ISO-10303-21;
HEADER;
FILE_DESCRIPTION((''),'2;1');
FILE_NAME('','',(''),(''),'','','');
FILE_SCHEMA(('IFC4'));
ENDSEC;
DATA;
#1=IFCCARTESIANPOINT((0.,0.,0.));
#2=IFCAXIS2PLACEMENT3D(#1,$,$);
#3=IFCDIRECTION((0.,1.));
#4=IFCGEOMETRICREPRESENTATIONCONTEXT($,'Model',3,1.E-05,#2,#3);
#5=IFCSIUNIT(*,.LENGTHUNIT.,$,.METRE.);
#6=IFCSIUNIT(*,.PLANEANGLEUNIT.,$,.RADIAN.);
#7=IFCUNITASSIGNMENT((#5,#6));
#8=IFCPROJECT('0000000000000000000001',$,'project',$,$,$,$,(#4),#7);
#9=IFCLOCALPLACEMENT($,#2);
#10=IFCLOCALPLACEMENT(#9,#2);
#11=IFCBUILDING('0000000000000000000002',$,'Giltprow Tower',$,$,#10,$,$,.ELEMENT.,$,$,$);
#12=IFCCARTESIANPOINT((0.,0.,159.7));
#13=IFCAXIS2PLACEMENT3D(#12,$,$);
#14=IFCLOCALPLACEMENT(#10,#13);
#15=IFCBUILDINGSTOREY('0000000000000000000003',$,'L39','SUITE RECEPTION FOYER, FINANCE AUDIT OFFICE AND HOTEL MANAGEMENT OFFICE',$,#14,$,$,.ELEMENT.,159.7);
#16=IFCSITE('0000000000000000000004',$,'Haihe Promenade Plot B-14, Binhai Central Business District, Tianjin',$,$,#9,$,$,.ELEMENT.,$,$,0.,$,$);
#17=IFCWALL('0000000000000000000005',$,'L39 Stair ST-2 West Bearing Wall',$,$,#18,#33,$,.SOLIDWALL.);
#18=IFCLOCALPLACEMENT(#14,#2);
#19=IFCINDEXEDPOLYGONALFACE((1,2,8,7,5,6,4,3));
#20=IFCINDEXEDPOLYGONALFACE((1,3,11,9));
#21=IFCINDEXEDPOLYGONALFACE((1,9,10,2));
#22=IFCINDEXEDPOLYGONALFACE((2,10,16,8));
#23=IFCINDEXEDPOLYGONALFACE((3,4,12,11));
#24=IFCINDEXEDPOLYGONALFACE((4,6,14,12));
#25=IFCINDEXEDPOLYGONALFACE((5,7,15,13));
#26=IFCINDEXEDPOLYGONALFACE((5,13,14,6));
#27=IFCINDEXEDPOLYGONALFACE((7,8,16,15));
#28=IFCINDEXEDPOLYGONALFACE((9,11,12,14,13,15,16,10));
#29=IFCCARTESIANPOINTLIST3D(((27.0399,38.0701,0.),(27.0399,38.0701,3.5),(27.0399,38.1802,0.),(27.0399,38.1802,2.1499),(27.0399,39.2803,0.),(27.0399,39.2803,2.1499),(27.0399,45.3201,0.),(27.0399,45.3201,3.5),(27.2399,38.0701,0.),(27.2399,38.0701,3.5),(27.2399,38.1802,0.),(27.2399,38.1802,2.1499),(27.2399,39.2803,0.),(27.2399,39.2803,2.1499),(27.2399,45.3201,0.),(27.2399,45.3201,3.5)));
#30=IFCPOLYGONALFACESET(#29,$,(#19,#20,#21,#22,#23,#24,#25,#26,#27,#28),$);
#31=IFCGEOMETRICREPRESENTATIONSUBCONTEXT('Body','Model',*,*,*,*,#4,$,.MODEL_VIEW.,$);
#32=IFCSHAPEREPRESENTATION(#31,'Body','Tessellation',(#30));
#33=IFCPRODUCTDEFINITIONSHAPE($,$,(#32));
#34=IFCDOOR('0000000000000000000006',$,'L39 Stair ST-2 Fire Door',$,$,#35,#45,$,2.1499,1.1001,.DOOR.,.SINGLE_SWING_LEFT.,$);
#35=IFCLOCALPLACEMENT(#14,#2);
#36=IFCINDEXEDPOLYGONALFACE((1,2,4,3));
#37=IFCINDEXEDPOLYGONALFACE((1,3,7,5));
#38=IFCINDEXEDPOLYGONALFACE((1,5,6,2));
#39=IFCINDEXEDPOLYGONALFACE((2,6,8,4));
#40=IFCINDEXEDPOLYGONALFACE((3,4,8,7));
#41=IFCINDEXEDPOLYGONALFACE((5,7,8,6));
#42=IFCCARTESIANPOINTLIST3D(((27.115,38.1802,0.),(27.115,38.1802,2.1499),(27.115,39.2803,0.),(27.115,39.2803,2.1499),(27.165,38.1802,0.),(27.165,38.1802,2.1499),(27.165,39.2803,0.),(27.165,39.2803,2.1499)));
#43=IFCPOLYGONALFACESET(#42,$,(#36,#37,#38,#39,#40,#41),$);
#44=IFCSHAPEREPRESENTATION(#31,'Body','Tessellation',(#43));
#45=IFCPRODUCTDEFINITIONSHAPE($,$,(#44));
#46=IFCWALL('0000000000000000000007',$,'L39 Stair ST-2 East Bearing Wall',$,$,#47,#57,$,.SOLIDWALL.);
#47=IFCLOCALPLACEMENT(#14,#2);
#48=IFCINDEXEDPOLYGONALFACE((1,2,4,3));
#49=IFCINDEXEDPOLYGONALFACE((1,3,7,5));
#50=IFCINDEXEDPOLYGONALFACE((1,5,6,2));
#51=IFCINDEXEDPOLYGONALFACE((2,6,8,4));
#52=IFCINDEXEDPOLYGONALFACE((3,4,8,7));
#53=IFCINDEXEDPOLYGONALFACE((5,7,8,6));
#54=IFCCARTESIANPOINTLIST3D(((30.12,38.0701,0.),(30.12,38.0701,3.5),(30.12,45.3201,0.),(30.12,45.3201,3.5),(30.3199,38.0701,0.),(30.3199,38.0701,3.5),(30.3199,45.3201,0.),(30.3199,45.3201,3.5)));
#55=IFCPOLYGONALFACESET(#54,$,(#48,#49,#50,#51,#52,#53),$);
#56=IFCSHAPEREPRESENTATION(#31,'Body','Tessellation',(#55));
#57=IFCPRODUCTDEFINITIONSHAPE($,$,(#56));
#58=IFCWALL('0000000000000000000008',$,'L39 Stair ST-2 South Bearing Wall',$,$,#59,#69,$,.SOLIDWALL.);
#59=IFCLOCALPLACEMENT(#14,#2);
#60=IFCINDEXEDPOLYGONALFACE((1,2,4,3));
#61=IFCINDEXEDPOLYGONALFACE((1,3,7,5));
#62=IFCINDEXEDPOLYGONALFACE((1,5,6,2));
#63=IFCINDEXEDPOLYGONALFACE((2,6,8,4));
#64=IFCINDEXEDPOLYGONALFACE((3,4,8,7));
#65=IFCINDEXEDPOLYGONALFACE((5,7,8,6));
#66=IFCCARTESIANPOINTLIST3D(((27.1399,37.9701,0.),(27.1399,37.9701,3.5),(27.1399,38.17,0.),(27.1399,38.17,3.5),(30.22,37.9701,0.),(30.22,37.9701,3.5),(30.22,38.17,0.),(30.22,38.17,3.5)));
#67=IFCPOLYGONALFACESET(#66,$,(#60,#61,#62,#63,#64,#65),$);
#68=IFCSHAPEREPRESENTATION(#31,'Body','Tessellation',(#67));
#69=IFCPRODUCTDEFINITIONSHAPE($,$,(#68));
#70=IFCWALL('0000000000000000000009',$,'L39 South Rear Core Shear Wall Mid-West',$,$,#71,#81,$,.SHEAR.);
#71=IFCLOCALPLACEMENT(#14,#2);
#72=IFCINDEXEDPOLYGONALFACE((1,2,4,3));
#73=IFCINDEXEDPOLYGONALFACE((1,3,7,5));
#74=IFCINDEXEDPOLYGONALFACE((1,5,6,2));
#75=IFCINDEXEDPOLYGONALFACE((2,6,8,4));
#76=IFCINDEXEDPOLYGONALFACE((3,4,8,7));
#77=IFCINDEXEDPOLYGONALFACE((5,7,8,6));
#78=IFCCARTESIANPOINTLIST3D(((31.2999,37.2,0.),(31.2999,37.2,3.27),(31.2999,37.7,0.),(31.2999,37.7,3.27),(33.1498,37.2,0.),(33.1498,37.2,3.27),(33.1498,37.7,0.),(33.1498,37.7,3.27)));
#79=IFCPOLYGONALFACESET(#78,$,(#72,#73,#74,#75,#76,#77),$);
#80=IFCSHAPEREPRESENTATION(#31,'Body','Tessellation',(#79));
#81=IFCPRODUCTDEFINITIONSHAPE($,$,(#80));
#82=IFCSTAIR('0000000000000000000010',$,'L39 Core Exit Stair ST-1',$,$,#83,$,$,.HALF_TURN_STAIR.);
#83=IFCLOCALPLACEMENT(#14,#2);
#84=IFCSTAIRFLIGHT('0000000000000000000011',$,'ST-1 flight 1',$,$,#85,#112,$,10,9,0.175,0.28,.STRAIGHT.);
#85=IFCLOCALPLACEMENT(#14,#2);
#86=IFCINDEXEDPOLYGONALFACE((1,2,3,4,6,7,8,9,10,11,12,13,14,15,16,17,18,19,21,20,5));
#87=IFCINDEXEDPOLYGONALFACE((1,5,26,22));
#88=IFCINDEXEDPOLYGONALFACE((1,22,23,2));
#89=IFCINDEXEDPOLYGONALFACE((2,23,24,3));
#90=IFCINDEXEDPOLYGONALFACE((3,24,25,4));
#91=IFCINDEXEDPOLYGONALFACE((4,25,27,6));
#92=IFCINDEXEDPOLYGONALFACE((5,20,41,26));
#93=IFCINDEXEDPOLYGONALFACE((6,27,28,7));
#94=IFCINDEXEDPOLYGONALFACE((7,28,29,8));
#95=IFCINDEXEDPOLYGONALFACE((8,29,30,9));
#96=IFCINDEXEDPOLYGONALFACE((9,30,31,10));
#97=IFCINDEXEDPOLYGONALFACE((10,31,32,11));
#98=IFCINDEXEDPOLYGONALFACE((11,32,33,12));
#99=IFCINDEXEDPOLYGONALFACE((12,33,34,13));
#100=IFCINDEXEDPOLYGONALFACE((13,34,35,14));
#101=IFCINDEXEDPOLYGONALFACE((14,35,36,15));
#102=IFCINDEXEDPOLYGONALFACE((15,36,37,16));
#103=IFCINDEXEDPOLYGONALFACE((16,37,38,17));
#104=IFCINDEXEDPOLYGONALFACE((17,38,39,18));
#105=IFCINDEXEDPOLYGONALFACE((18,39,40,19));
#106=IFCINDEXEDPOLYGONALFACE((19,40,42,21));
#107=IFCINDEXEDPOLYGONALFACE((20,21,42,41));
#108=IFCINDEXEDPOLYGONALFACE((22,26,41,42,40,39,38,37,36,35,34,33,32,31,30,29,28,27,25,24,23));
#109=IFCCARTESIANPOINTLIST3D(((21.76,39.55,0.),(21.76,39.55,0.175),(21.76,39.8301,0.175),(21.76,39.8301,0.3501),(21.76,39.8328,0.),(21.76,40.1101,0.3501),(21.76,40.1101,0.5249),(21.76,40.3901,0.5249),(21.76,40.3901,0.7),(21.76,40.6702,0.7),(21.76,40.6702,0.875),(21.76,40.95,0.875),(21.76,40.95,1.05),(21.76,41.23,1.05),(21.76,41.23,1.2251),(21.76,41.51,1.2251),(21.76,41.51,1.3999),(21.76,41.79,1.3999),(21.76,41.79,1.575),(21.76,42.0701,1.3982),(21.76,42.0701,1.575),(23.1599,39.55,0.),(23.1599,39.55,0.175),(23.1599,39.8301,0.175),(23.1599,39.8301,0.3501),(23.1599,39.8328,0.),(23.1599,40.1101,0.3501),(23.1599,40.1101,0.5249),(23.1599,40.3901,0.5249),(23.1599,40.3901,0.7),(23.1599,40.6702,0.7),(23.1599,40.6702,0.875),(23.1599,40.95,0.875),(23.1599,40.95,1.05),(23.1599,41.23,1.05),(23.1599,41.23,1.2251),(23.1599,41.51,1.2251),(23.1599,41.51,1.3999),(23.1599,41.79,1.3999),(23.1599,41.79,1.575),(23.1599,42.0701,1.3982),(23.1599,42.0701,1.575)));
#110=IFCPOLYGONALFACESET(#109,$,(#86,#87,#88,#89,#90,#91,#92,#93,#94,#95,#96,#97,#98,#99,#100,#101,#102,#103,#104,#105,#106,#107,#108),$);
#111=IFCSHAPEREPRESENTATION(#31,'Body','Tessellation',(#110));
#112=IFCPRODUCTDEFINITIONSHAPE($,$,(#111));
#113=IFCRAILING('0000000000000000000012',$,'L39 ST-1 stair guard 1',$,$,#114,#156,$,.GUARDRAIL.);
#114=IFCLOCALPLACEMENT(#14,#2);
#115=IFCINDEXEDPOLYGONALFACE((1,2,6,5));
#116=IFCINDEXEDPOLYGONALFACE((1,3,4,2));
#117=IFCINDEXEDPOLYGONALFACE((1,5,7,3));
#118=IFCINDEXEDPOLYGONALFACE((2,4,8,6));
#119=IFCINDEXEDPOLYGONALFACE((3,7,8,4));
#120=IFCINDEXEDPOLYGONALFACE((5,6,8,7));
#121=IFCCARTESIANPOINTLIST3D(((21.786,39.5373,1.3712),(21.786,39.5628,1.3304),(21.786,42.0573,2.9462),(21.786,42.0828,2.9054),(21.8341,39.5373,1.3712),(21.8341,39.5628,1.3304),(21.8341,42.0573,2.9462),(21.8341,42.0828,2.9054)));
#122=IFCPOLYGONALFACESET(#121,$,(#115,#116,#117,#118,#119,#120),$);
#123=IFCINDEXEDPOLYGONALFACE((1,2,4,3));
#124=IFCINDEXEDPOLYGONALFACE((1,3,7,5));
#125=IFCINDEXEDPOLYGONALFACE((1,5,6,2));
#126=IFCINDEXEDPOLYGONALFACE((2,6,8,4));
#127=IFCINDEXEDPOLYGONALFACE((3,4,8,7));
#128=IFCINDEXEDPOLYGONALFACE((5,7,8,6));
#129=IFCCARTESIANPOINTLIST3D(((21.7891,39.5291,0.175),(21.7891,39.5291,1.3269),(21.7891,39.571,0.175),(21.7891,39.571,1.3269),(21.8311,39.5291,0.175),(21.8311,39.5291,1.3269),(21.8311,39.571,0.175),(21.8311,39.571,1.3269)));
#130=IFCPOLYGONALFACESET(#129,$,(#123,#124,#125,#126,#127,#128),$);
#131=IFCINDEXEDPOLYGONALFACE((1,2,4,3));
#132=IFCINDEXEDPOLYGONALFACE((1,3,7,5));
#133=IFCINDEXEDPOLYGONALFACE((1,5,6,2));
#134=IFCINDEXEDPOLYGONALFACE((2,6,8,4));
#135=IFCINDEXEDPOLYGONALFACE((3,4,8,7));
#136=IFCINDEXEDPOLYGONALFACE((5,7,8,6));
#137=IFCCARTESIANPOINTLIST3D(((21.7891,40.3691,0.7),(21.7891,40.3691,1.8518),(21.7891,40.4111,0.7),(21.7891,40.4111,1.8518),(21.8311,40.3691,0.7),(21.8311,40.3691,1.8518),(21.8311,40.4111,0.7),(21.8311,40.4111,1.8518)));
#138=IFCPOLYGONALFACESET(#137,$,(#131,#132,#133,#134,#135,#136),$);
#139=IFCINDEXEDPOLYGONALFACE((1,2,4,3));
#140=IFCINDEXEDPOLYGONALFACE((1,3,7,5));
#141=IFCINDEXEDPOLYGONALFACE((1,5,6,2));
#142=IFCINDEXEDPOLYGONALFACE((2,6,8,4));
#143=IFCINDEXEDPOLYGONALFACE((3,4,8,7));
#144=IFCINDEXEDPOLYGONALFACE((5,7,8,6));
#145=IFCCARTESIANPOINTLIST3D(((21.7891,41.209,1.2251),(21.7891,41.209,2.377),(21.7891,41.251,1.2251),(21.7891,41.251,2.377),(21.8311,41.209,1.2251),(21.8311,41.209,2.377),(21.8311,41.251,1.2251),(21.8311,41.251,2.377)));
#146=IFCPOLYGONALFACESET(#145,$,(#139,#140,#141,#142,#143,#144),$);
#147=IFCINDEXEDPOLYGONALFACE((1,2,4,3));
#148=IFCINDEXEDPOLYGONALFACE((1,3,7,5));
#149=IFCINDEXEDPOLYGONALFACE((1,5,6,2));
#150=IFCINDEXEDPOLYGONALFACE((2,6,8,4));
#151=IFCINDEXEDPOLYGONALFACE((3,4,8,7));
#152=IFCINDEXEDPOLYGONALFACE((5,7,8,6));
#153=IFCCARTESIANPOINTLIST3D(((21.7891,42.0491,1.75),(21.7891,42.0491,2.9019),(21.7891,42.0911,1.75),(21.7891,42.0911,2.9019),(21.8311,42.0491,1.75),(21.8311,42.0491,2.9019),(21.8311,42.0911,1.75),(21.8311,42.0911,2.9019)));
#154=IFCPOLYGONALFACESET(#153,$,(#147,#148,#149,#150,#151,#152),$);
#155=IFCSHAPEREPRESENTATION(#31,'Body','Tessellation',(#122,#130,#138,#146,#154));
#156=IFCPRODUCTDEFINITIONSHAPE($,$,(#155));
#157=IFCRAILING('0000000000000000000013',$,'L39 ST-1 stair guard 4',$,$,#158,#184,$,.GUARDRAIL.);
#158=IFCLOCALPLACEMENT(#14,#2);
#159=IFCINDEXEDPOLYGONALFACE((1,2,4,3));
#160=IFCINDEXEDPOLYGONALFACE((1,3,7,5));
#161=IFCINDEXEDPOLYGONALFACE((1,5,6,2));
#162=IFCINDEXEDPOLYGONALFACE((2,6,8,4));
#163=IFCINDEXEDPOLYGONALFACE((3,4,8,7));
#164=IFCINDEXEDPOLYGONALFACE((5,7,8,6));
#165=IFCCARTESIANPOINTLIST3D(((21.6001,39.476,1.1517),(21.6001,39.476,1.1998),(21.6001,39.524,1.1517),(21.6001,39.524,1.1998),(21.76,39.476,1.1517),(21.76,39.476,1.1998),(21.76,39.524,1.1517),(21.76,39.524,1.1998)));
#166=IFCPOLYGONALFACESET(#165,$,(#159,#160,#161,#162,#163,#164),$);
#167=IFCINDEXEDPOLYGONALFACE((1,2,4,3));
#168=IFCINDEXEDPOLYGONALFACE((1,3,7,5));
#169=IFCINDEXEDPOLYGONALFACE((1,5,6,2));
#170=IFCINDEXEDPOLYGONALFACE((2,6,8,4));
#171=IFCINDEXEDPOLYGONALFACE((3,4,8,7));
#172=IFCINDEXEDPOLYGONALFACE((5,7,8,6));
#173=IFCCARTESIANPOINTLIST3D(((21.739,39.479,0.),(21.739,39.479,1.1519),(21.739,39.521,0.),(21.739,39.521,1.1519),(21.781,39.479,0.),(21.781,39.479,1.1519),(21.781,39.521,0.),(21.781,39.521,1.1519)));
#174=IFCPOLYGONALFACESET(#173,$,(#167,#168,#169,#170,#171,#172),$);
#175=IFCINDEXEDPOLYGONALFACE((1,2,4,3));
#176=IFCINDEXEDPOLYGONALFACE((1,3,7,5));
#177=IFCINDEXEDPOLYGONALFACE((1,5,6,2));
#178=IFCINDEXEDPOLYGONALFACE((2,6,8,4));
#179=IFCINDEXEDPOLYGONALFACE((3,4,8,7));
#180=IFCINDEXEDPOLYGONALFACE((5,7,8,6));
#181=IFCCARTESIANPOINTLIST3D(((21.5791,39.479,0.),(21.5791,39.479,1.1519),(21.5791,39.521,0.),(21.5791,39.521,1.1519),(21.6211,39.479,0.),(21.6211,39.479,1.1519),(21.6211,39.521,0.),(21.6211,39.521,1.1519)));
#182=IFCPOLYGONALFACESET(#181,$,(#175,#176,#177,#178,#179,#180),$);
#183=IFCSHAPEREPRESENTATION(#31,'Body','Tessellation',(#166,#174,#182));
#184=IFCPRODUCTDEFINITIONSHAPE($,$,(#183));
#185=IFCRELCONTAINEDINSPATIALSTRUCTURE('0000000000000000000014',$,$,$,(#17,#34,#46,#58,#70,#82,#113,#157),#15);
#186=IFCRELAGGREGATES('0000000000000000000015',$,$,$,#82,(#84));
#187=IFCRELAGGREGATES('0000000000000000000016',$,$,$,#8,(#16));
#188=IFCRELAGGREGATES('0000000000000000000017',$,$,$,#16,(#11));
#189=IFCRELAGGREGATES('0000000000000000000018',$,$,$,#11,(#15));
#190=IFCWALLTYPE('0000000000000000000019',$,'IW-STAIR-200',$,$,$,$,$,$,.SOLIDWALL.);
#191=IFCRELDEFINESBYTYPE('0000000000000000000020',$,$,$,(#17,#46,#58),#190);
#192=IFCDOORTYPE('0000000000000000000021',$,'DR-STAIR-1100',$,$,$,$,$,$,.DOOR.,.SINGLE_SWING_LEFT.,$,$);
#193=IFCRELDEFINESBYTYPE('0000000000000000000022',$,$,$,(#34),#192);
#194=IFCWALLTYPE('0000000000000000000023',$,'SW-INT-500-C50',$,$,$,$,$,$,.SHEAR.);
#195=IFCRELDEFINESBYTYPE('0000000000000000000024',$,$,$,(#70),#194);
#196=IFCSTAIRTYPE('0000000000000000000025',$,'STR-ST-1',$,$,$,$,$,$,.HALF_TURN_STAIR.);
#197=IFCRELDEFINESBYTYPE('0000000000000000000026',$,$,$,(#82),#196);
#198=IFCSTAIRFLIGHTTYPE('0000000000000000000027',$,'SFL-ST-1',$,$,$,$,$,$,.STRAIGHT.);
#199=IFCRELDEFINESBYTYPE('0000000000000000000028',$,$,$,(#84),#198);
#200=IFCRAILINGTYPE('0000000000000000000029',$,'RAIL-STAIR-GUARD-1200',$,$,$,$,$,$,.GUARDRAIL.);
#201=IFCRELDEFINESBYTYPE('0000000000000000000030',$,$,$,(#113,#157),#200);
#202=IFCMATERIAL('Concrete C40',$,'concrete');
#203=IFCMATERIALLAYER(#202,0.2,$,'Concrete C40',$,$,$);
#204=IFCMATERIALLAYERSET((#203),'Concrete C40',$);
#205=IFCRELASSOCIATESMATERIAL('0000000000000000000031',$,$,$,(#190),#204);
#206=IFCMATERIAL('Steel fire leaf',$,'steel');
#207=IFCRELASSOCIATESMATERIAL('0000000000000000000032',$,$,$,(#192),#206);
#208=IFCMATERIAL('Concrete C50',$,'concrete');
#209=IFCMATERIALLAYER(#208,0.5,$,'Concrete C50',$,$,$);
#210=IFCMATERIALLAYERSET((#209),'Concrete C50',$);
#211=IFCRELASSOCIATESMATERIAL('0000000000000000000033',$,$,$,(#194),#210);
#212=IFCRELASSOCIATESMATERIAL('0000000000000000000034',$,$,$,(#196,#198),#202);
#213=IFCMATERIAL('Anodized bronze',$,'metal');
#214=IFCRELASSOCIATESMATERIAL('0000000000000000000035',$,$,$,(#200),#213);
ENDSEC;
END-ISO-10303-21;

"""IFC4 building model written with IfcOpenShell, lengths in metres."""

from ifc_helpers import new_model, si_unit, direction, frame, frame_2d, origin, origin_2d, place, context, subcontext, project, spatial, polyline, rectangle, outline, extrude, source, transform, mapped, material, layer, layer_set, type_object, element, fill, aggregate, save


model = new_model("IFC4")

# Units and contexts
model_context = context("Model", 3, precision=1e-05, world=origin(), true_north=direction((0.0, 1.0)))
body_context = subcontext(model_context, "Body", "Model", "MODEL_VIEW")
ifc_project = project(units=[si_unit("LENGTHUNIT", "METRE"), si_unit("PLANEANGLEUNIT", "RADIAN")], contexts=[model_context])

# Site, building, storey
site_placement = place(None, origin())
site = spatial("IfcSite", under=ifc_project, at=site_placement, Name="Haihe Promenade Plot B-14, Binhai Central Business District, Tianjin", CompositionType="ELEMENT", RefElevation=0.0)
building_placement = place(site_placement, origin())
building = spatial("IfcBuilding", under=site, at=building_placement, Name="Giltprow Tower", CompositionType="ELEMENT")
storey_placement = place(building_placement, frame((0.0, 0.0, 159.7)))
storey = spatial("IfcBuildingStorey", under=building, at=storey_placement, Name="L39", Description="SUITE RECEPTION FOYER, FINANCE AUDIT OFFICE AND HOTEL MANAGEMENT OFFICE", CompositionType="ELEMENT", Elevation=159.7)

# Shared definitions
ifc_material_1 = material(Name="Concrete C50", Category="concrete")

# Wall, opening, door
ifc_material_2 = material(Name="Concrete C40", Category="concrete")
ifc_layer_1 = layer(ifc_material_2, 0.2, Name="Concrete C40")
ifc_layer_set_1 = layer_set([ifc_layer_1], Name="Concrete C40")
wall_type_1 = type_object("IfcWallType", Name="IW-STAIR-200", PredefinedType="SOLIDWALL", material=ifc_layer_set_1)
ifc_material_3 = material(Name="Steel fire leaf", Category="steel")
door_type_1 = type_object("IfcDoorType", Name="DR-STAIR-1100", OperationType="SINGLE_SWING_LEFT", PredefinedType="DOOR", material=ifc_material_3)
shared_shape_1 = source(origin(), body_context, "Body", "SweptSolid", [
    extrude(rectangle(XDim=1.1001, YDim=2.1499, at=frame_2d((0.55, 1.075))), frame((0.0, 0.0249, 0.0), z_axis=(0.0, -1.0, 0.0), x_axis=(1.0, 0.0, 0.0)), (0.0, 0.0, 1.0), 0.05),
])
wall_1_placement = place(storey_placement, frame((27.1399, 38.0701, 0.0), z_axis=(0.0, 0.0, 1.0), x_axis=(0.0, 1.0, 0.0)))
wall_1 = element("IfcWall", 1, at=wall_1_placement, inside=storey, type_object=wall_type_1, Name="L39 Stair ST-2 West Bearing Wall", PredefinedType="SOLIDWALL", context=body_context, shape_type="SweptSolid", body=[
    extrude(rectangle(XDim=7.25, YDim=0.2, at=frame_2d((3.625, 0.0))), origin(), (0.0, 0.0, 1.0), 3.5),
])
opening_1_placement = place(wall_1_placement, frame((0.1101, 0.0, 0.0)))
opening_1 = element("IfcOpeningElement", 2, at=opening_1_placement, cuts=wall_1, PredefinedType="OPENING", context=body_context, shape_type="SweptSolid", body=[
    extrude(rectangle(XDim=1.1001, YDim=2.1499, at=frame_2d((0.55, 1.075))), frame((0.0, 0.1099, 0.0), z_axis=(0.0, -1.0, 0.0), x_axis=(1.0, 0.0, 0.0)), (0.0, 0.0, 1.0), 0.22),
])
door_1_placement = place(opening_1_placement, origin())
door_1 = element("IfcDoor", 3, at=door_1_placement, inside=storey, type_object=door_type_1, Name="L39 Stair ST-2 Fire Door", OperationType="SINGLE_SWING_LEFT", OverallHeight=2.1499, OverallWidth=1.1001, PredefinedType="DOOR", context=body_context, shape_type="MappedRepresentation", body=[
    mapped(shared_shape_1, transform((0.0, 0.0, 0.0), x_axis=(1.0, 0.0, 0.0), y_axis=(0.0, 1.0, 0.0), z_axis=(0.0, 0.0, 1.0), scale=1.0)),
])
fill(opening_1, door_1)

# Walls
wall_2_placement = place(storey_placement, frame((30.22, 38.0701, 0.0), z_axis=(0.0, 0.0, 1.0), x_axis=(0.0, 1.0, 0.0)))
element("IfcWall", 4, at=wall_2_placement, inside=storey, type_object=wall_type_1, Name="L39 Stair ST-2 East Bearing Wall", PredefinedType="SOLIDWALL", context=body_context, shape_type="SweptSolid", body=[
    extrude(rectangle(XDim=7.25, YDim=0.2, at=frame_2d((3.625, 0.0))), origin(), (0.0, 0.0, 1.0), 3.5),
])
wall_3_placement = place(storey_placement, frame((27.1399, 38.0701, 0.0), z_axis=(0.0, 0.0, 1.0), x_axis=(1.0, 0.0, 0.0)))
element("IfcWall", 5, at=wall_3_placement, inside=storey, type_object=wall_type_1, Name="L39 Stair ST-2 South Bearing Wall", PredefinedType="SOLIDWALL", context=body_context, shape_type="SweptSolid", body=[
    extrude(rectangle(XDim=3.0801, YDim=0.2, at=frame_2d((1.54, 0.0))), origin(), (0.0, 0.0, 1.0), 3.5),
])

# Shared definitions
ifc_layer_2 = layer(ifc_material_1, 0.5, Name="Concrete C50")
ifc_layer_set_2 = layer_set([ifc_layer_2], Name="Concrete C50")
wall_type_2 = type_object("IfcWallType", Name="SW-INT-500-C50", PredefinedType="SHEAR", material=ifc_layer_set_2)

# Wall
wall_4_placement = place(storey_placement, frame((31.3, 37.45, 0.0), z_axis=(0.0, 0.0, 1.0), x_axis=(1.0, 0.0, 0.0)))
element("IfcWall", 6, at=wall_4_placement, inside=storey, type_object=wall_type_2, Name="L39 South Rear Core Shear Wall Mid-West", PredefinedType="SHEAR", context=body_context, shape_type="SweptSolid", body=[
    extrude(rectangle(XDim=1.8499, YDim=0.5, at=frame_2d((0.9248, 0.0))), origin(), (0.0, 0.0, 1.0), 3.27),
])

# Stair, stair flight
stair_type = type_object("IfcStairType", Name="STR-ST-1", PredefinedType="HALF_TURN_STAIR", material=ifc_material_2)
stair_placement = place(storey_placement, origin())
stair = element("IfcStair", 7, at=stair_placement, inside=storey, type_object=stair_type, Name="L39 Core Exit Stair ST-1", PredefinedType="HALF_TURN_STAIR")
stair_flight_type = type_object("IfcStairFlightType", Name="SFL-ST-1", PredefinedType="STRAIGHT", material=ifc_material_2)
stair_flight_placement = place(storey_placement, frame((22.46, 39.55, 0.0), z_axis=(0.0, 0.0, 1.0), x_axis=(0.0, 1.0, 0.0)))
stair_flight = element("IfcStairFlight", 8, at=stair_flight_placement, type_object=stair_flight_type, Name="ST-1 flight 1", NumberOfRisers=10, NumberOfTreads=9, PredefinedType="STRAIGHT", RiserHeight=0.175, TreadLength=0.28, context=body_context, shape_type="SweptSolid", body=[
    extrude(outline(polyline([(0.0, 0.0), (0.0, 0.175), (0.28, 0.175), (0.28, 0.3501), (0.5601, 0.3501), (0.5601, 0.5249), (0.8401, 0.5249), (0.8401, 0.7), (1.1201, 0.7), (1.1201, 0.875), (1.3999, 0.875), (1.3999, 1.05), (1.6799, 1.05), (1.6799, 1.2251), (1.96, 1.2251), (1.96, 1.3999), (2.24, 1.3999), (2.24, 1.575), (2.52, 1.575), (2.52, 1.75), (2.52, 1.3982), (0.2827, 0.0), (0.0, 0.0)])), frame((0.0, 0.7, 0.0), z_axis=(0.0, -1.0, 0.0), x_axis=(1.0, 0.0, 0.0)), (0.0, 0.0, 1.0), 1.3999),
])
aggregate(stair, [stair_flight])

# Railings
ifc_material_4 = material(Name="Anodized bronze", Category="metal")
railing_type_1 = type_object("IfcRailingType", Name="RAIL-STAIR-GUARD-1200", PredefinedType="GUARDRAIL", material=ifc_material_4)
railing_1_placement = place(storey_placement, frame((21.8101, 39.55, 0.175)))
element("IfcRailing", 9, at=railing_1_placement, inside=storey, type_object=railing_type_1, Name="L39 ST-1 stair guard 1", PredefinedType="GUARDRAIL", context=body_context, shape_type="SweptSolid", body=[
    extrude(rectangle(XDim=0.0481, YDim=0.0481, at=origin_2d()), frame((0.0, 0.0, 1.1758), z_axis=(0.0, 0.848008, 0.529984), x_axis=(-1.0, 0.0, 0.0)), (0.0, 0.0, 1.0), 2.9717),
    extrude(rectangle(XDim=0.042, YDim=0.042, at=origin_2d()), origin(), (0.0, 0.0, 1.0), 1.1519),
    extrude(rectangle(XDim=0.042, YDim=0.042, at=origin_2d()), frame((0.0, 0.8401, 0.5249)), (0.0, 0.0, 1.0), 1.1519),
    extrude(rectangle(XDim=0.042, YDim=0.042, at=origin_2d()), frame((0.0, 1.6799, 1.05)), (0.0, 0.0, 1.0), 1.1519),
    extrude(rectangle(XDim=0.042, YDim=0.042, at=origin_2d()), frame((0.0, 2.52, 1.575)), (0.0, 0.0, 1.0), 1.1519),
])
for number, where, name in (
    (10, (21.76, 39.5, 0.0), "L39 ST-1 stair guard 4"),
):
    element("IfcRailing", number, at=place(storey_placement, frame(where)), inside=storey, type_object=railing_type_1, Name=name, PredefinedType="GUARDRAIL", context=body_context, shape_type="SweptSolid", body=[
        extrude(rectangle(XDim=0.0481, YDim=0.0481, at=origin_2d()), frame((0.0, 0.0, 1.1758), z_axis=(-1.0, 0.0, 0.0), x_axis=(0.0, -1.0, 0.0)), (0.0, 0.0, 1.0), 0.1599),
        extrude(rectangle(XDim=0.042, YDim=0.042, at=origin_2d()), origin(), (0.0, 0.0, 1.0), 1.1519),
        extrude(rectangle(XDim=0.042, YDim=0.042, at=origin_2d()), frame((-0.1599, 0.0, 0.0)), (0.0, 0.0, 1.0), 1.1519),
    ])

save(model, "model.ifc")
